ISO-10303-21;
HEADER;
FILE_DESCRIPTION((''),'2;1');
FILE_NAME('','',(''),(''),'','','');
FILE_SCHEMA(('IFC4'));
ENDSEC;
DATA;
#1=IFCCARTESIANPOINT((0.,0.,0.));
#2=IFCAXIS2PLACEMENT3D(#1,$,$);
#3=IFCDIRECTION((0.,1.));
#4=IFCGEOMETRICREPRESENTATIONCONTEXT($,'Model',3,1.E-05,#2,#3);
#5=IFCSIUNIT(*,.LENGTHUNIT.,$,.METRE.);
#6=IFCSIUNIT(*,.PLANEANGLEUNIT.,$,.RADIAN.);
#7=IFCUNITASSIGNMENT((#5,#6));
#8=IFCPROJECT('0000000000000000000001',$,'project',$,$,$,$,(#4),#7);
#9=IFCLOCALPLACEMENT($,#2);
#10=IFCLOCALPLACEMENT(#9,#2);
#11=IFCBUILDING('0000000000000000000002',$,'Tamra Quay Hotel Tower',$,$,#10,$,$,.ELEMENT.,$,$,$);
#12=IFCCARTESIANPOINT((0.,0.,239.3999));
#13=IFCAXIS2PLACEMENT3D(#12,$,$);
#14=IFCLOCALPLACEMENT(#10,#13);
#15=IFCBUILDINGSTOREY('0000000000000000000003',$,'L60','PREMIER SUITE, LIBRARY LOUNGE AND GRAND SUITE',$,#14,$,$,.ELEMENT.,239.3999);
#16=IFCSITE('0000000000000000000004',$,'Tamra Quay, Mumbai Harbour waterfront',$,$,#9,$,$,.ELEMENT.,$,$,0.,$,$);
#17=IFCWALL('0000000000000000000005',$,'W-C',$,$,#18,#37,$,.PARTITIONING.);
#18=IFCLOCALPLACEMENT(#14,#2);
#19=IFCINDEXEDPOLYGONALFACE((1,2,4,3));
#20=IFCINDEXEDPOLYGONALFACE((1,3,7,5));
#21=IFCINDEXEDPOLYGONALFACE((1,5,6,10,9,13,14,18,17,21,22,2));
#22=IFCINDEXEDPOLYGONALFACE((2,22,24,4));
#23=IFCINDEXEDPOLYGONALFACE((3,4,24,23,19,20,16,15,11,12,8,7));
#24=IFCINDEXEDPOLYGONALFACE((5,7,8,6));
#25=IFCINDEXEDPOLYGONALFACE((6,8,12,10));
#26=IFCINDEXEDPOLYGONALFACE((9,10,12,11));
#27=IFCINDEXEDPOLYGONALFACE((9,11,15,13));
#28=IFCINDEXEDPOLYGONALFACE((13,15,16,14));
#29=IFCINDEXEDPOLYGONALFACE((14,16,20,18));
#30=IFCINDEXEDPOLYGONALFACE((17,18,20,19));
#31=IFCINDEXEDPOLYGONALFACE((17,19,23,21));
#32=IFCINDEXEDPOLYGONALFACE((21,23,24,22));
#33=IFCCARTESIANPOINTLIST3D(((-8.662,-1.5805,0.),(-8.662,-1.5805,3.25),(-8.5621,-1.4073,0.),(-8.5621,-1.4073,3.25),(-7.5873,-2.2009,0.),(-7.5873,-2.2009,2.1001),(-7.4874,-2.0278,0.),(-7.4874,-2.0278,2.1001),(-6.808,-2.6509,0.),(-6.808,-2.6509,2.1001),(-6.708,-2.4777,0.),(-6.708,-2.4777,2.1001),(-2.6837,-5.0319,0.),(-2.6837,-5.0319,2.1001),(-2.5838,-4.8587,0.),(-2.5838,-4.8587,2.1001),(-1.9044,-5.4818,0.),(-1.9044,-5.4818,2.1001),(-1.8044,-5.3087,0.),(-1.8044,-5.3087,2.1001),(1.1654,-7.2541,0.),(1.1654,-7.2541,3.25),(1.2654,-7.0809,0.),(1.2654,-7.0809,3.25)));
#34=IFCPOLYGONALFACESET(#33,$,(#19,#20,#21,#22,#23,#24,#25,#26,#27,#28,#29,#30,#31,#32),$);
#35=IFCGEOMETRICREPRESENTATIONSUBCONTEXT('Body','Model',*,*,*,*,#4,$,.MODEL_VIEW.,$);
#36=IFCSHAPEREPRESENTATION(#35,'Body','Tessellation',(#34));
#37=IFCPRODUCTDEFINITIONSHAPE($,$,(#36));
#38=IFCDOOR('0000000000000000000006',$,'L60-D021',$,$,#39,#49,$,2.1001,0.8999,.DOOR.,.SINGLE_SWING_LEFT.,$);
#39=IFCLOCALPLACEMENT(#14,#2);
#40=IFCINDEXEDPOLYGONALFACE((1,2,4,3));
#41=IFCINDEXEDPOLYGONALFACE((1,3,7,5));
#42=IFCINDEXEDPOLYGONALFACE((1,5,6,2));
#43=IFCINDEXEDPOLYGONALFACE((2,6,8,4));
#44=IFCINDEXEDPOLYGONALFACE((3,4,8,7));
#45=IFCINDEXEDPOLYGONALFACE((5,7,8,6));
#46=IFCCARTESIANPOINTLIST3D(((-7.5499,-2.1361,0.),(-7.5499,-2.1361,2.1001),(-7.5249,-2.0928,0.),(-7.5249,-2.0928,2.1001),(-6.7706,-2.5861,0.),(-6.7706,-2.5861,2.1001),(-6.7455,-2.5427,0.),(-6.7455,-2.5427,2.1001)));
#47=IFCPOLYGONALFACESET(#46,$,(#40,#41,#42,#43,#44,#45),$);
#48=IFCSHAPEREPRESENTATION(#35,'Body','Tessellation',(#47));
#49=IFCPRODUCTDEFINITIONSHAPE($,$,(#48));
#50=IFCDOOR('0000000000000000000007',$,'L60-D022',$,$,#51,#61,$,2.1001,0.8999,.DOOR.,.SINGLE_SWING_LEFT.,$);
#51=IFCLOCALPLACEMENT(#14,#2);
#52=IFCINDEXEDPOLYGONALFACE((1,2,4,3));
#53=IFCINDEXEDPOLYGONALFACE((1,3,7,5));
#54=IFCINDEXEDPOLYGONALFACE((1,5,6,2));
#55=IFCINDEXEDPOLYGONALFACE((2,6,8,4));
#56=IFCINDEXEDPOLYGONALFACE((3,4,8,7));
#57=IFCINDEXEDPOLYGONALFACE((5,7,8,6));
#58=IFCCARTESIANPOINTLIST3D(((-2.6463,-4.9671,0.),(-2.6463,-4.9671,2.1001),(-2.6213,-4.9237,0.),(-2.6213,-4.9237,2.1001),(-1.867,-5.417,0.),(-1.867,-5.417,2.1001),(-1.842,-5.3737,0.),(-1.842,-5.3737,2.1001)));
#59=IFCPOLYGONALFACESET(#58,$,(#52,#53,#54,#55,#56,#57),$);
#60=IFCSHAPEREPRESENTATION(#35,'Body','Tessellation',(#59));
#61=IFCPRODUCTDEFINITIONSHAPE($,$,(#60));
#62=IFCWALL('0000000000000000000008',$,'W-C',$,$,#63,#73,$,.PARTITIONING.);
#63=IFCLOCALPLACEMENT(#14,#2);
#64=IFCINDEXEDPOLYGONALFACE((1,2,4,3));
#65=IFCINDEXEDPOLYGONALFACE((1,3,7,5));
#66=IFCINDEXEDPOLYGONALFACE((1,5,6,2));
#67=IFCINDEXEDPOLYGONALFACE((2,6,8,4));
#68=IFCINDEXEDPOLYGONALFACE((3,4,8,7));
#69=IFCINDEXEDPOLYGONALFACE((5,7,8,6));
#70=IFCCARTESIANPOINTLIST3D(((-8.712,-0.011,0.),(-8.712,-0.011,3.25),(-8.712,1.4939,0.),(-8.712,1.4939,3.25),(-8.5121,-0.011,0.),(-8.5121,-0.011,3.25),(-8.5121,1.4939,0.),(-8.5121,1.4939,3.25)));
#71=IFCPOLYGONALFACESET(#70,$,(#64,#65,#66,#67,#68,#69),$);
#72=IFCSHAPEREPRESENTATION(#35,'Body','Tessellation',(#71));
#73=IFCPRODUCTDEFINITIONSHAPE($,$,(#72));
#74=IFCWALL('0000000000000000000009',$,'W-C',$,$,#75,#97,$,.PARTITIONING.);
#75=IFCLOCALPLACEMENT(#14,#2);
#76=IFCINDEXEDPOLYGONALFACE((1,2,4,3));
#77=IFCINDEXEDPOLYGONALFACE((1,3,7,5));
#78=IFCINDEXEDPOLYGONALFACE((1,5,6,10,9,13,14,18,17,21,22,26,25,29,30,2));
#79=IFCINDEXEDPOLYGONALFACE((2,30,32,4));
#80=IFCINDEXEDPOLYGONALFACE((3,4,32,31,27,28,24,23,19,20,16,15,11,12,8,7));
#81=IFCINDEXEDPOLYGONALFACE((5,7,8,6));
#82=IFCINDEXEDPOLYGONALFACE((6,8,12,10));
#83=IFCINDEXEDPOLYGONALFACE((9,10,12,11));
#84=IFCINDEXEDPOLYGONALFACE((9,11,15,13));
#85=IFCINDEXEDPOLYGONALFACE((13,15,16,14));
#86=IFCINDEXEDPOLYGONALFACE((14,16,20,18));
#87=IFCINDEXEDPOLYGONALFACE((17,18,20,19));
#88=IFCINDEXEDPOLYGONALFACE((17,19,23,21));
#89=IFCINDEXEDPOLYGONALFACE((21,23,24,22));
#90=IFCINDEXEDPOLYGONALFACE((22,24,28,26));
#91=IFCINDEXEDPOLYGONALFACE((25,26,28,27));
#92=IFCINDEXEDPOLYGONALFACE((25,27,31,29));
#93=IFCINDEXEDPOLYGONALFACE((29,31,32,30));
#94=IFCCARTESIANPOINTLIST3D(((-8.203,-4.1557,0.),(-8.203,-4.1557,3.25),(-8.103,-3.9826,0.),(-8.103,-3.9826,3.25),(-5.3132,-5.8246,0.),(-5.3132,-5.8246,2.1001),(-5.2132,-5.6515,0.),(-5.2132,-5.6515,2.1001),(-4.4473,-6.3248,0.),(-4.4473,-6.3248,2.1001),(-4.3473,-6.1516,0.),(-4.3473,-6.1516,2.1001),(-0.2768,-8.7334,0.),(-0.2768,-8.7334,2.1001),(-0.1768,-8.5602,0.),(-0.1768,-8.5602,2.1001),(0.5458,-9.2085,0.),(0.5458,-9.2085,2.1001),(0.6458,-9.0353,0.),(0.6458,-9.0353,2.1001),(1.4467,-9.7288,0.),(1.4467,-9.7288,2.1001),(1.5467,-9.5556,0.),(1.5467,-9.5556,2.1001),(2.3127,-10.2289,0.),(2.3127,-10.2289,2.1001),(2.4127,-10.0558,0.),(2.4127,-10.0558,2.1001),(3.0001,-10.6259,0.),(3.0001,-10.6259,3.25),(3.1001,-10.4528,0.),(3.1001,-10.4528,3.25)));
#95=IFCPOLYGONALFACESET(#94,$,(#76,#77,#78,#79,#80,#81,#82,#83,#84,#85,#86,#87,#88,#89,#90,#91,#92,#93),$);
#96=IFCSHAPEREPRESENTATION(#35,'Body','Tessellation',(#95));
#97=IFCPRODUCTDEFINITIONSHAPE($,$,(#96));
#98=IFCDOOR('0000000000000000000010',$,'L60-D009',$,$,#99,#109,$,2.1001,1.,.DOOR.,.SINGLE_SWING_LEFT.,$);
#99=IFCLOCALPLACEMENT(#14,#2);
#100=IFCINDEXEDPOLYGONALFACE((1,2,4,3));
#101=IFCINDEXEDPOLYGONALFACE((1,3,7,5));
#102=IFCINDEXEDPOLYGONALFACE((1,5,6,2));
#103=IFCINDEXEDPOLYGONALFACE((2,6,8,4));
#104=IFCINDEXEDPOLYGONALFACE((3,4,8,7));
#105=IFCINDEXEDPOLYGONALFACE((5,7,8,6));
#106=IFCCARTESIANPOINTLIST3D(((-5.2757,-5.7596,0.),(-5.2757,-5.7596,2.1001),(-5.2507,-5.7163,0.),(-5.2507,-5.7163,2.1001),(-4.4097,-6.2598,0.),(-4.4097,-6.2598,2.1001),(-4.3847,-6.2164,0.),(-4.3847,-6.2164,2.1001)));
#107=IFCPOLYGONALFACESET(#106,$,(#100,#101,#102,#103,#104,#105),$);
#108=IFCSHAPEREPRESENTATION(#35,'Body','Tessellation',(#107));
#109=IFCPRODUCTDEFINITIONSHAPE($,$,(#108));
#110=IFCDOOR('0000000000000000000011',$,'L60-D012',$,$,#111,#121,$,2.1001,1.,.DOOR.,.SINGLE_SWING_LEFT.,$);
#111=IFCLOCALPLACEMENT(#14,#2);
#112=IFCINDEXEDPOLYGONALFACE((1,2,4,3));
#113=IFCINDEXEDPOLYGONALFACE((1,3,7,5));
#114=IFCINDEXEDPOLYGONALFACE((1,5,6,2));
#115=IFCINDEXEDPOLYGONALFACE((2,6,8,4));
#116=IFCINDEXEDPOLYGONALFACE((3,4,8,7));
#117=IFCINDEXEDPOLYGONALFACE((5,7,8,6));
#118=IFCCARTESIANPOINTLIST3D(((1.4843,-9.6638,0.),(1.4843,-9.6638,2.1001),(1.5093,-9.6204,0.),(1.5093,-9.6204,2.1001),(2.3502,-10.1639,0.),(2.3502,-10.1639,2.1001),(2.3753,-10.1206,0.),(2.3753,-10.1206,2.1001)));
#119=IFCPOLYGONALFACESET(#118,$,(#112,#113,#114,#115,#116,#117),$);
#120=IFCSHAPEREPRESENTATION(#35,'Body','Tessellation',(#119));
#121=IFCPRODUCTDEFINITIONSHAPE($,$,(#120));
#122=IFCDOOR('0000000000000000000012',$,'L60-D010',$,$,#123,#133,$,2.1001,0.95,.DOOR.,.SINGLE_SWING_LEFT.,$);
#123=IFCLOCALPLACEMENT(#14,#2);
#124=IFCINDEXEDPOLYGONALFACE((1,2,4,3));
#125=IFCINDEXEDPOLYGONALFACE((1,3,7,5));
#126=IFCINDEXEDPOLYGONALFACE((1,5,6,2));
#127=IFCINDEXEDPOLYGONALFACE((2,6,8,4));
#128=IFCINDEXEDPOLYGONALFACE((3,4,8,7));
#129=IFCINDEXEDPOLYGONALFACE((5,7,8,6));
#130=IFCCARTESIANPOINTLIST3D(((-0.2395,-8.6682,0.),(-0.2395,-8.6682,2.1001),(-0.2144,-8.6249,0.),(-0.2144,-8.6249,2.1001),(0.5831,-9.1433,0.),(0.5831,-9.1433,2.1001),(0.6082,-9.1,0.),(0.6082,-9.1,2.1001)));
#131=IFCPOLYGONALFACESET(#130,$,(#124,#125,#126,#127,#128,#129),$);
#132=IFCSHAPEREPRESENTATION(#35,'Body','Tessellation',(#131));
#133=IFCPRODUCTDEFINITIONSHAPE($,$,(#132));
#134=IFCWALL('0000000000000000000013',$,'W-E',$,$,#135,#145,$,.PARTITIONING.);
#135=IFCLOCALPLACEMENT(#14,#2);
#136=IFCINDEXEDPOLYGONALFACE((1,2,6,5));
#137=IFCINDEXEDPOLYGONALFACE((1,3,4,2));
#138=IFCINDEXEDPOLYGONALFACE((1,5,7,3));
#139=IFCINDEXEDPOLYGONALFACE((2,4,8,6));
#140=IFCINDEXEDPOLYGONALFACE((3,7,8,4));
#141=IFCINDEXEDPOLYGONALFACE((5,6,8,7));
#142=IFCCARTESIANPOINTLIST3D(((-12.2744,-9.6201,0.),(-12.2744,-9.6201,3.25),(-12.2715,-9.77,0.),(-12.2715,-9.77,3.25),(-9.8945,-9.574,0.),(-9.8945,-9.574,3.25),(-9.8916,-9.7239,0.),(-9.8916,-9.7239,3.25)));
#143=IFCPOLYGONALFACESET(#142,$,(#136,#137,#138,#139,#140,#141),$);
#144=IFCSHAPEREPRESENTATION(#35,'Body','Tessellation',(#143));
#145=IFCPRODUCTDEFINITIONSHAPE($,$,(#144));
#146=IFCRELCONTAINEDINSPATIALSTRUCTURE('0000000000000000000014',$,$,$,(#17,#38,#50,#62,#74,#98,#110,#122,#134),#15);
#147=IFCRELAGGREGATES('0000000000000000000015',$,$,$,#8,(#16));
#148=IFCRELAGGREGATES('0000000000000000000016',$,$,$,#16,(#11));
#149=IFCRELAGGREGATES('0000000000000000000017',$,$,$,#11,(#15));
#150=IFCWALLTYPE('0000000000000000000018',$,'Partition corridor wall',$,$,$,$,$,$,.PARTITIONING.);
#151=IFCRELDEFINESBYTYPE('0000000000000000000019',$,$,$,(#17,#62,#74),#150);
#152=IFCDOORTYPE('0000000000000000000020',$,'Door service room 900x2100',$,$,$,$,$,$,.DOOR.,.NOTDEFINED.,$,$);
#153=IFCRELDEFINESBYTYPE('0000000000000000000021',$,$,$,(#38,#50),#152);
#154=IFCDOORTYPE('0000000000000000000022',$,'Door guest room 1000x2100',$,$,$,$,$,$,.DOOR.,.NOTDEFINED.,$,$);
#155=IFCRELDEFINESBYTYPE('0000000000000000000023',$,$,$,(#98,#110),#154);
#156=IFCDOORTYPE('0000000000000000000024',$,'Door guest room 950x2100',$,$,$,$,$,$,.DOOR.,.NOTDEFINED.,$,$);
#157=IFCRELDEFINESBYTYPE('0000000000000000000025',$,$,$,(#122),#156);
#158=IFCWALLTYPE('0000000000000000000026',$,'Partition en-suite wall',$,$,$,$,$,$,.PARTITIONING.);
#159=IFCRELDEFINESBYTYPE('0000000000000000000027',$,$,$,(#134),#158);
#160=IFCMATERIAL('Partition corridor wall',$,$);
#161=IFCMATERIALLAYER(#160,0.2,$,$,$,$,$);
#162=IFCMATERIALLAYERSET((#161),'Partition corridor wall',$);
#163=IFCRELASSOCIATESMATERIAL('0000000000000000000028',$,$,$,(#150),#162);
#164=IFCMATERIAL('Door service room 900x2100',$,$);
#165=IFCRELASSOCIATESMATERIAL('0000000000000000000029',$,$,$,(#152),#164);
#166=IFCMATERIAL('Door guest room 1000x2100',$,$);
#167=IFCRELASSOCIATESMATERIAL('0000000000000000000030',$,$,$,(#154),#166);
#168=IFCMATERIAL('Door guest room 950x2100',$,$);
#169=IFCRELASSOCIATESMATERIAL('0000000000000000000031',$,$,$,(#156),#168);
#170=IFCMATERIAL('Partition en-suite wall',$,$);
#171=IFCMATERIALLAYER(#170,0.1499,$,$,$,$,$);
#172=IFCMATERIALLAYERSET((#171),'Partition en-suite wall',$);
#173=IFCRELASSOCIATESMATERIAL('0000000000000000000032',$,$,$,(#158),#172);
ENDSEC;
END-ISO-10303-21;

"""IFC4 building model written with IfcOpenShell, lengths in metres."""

from ifc_helpers import new_model, si_unit, direction, frame, frame_2d, origin, place, context, subcontext, project, spatial, rectangle, extrude, material, layer, layer_set, type_object, element, fill, save


model = new_model("IFC4")

# Units and contexts
model_context = context("Model", 3, precision=1e-05, world=origin(), true_north=direction((0.0, 1.0)))
body_context = subcontext(model_context, "Body", "Model", "MODEL_VIEW")
ifc_project = project(units=[si_unit("LENGTHUNIT", "METRE"), si_unit("PLANEANGLEUNIT", "RADIAN")], contexts=[model_context])

# Site, building, storey
site_placement = place(None, origin())
site = spatial("IfcSite", under=ifc_project, at=site_placement, Name="Tamra Quay, Mumbai Harbour waterfront", CompositionType="ELEMENT", RefElevation=0.0)
building_placement = place(site_placement, origin())
building = spatial("IfcBuilding", under=site, at=building_placement, Name="Tamra Quay Hotel Tower", CompositionType="ELEMENT")
storey_placement = place(building_placement, frame((0.0, 0.0, 239.3999)))
storey = spatial("IfcBuildingStorey", under=building, at=storey_placement, Name="L60", Description="PREMIER SUITE, LIBRARY LOUNGE AND GRAND SUITE", CompositionType="ELEMENT", Elevation=239.3999)

# Shared definitions
ifc_material_1 = material(Name="Partition corridor wall")
ifc_layer_1 = layer(ifc_material_1, 0.2)
ifc_layer_set_1 = layer_set([ifc_layer_1], Name="Partition corridor wall")
wall_type_1 = type_object("IfcWallType", Name="Partition corridor wall", PredefinedType="PARTITIONING", material=ifc_layer_set_1)

# Wall, openings, doors
wall_1_placement = place(storey_placement, frame((-8.6121, -1.4939, 0.0), z_axis=(0.0, 0.0, 1.0), x_axis=(0.866035, -0.499983, 0.0)))
wall_1 = element("IfcWall", 1, at=wall_1_placement, inside=storey, type_object=wall_type_1, Name="W-C", PredefinedType="PARTITIONING", context=body_context, shape_type="SweptSolid", body=[
    extrude(rectangle(XDim=11.3477, YDim=0.2, at=frame_2d((5.6738, 0.0))), origin(), (0.0, 0.0, 1.0), 3.25),
])
opening_1_placement = place(wall_1_placement, frame((1.241, 0.0, 0.0)))
opening_1 = element("IfcOpeningElement", 2, at=opening_1_placement, cuts=wall_1, PredefinedType="OPENING", context=body_context, shape_type="SweptSolid", body=[
    extrude(rectangle(XDim=0.8999, YDim=2.1001, at=frame_2d((0.45, 1.05))), frame((0.0, 0.1099, 0.0), z_axis=(0.0, -1.0, 0.0), x_axis=(1.0, 0.0, 0.0)), (0.0, 0.0, 1.0), 0.22),
])
opening_2_placement = place(wall_1_placement, frame((6.9031, 0.0, 0.0)))
opening_2 = element("IfcOpeningElement", 3, at=opening_2_placement, cuts=wall_1, PredefinedType="OPENING", context=body_context, shape_type="SweptSolid", body=[
    extrude(rectangle(XDim=0.8999, YDim=2.1001, at=frame_2d((0.45, 1.05))), frame((0.0, 0.1099, 0.0), z_axis=(0.0, -1.0, 0.0), x_axis=(1.0, 0.0, 0.0)), (0.0, 0.0, 1.0), 0.22),
])
ifc_material_2 = material(Name="Door service room 900x2100")
door_type_1 = type_object("IfcDoorType", Name="Door service room 900x2100", OperationType="NOTDEFINED", PredefinedType="DOOR", material=ifc_material_2)
door_1_placement = place(opening_1_placement, origin())
door_1 = element("IfcDoor", 4, at=door_1_placement, inside=storey, type_object=door_type_1, Name="L60-D021", OperationType="SINGLE_SWING_LEFT", OverallHeight=2.1001, OverallWidth=0.8999, PredefinedType="DOOR", context=body_context, shape_type="SweptSolid", body=[
    extrude(rectangle(XDim=0.8999, YDim=2.1001, at=frame_2d((0.45, 1.05))), frame((0.0, 0.0249, 0.0), z_axis=(0.0, -1.0, 0.0), x_axis=(1.0, 0.0, 0.0)), (0.0, 0.0, 1.0), 0.05),
])
fill(opening_1, door_1)
door_2_placement = place(opening_2_placement, origin())
door_2 = element("IfcDoor", 5, at=door_2_placement, inside=storey, type_object=door_type_1, Name="L60-D022", OperationType="SINGLE_SWING_LEFT", OverallHeight=2.1001, OverallWidth=0.8999, PredefinedType="DOOR", context=body_context, shape_type="SweptSolid", body=[
    extrude(rectangle(XDim=0.8999, YDim=2.1001, at=frame_2d((0.45, 1.05))), frame((0.0, 0.0249, 0.0), z_axis=(0.0, -1.0, 0.0), x_axis=(1.0, 0.0, 0.0)), (0.0, 0.0, 1.0), 0.05),
])
fill(opening_2, door_2)

# Wall
wall_2_placement = place(storey_placement, frame((-8.6121, -0.011, 0.0), z_axis=(0.0, 0.0, 1.0), x_axis=(0.0, 1.0, 0.0)))
element("IfcWall", 6, at=wall_2_placement, inside=storey, type_object=wall_type_1, Name="W-C", PredefinedType="PARTITIONING", context=body_context, shape_type="SweptSolid", body=[
    extrude(rectangle(XDim=1.5049, YDim=0.2, at=frame_2d((0.7524, 0.0))), origin(), (0.0, 0.0, 1.0), 3.25),
])

# Wall, openings, doors
wall_3_placement = place(storey_placement, frame((-8.1531, -4.0691, 0.0), z_axis=(0.0, 0.0, 1.0), x_axis=(0.865956, -0.500121, 0.0)))
wall_3 = element("IfcWall", 7, at=wall_3_placement, inside=storey, type_object=wall_type_1, Name="W-C", PredefinedType="PARTITIONING", context=body_context, shape_type="SweptSolid", body=[
    extrude(rectangle(XDim=12.9373, YDim=0.2, at=frame_2d((6.4688, 0.0))), origin(), (0.0, 0.0, 1.0), 3.25),
])
opening_3_placement = place(wall_3_placement, frame((3.3372, 0.0, 0.0)))
opening_3 = element("IfcOpeningElement", 8, at=opening_3_placement, cuts=wall_3, PredefinedType="OPENING", context=body_context, shape_type="SweptSolid", body=[
    extrude(rectangle(XDim=1.0, YDim=2.1001, at=frame_2d((0.5, 1.05))), frame((0.0, 0.1099, 0.0), z_axis=(0.0, -1.0, 0.0), x_axis=(1.0, 0.0, 0.0)), (0.0, 0.0, 1.0), 0.22),
])
opening_4_placement = place(wall_3_placement, frame((9.1531, 0.0, 0.0)))
opening_4 = element("IfcOpeningElement", 9, at=opening_4_placement, cuts=wall_3, PredefinedType="OPENING", context=body_context, shape_type="SweptSolid", body=[
    extrude(rectangle(XDim=0.95, YDim=2.1001, at=frame_2d((0.4751, 1.05))), frame((0.0, 0.1099, 0.0), z_axis=(0.0, -1.0, 0.0), x_axis=(1.0, 0.0, 0.0)), (0.0, 0.0, 1.0), 0.22),
])
opening_5_placement = place(wall_3_placement, frame((11.1436, 0.0, 0.0)))
opening_5 = element("IfcOpeningElement", 10, at=opening_5_placement, cuts=wall_3, PredefinedType="OPENING", context=body_context, shape_type="SweptSolid", body=[
    extrude(rectangle(XDim=1.0, YDim=2.1001, at=frame_2d((0.5, 1.05))), frame((0.0, 0.1099, 0.0), z_axis=(0.0, -1.0, 0.0), x_axis=(1.0, 0.0, 0.0)), (0.0, 0.0, 1.0), 0.22),
])
ifc_material_3 = material(Name="Door guest room 1000x2100")
door_type_2 = type_object("IfcDoorType", Name="Door guest room 1000x2100", OperationType="NOTDEFINED", PredefinedType="DOOR", material=ifc_material_3)
door_3_placement = place(opening_3_placement, frame((1.0, 0.0, 0.0), z_axis=(0.0, 0.0, 1.0), x_axis=(-1.0, 0.0, 0.0)))
door_3 = element("IfcDoor", 11, at=door_3_placement, inside=storey, type_object=door_type_2, Name="L60-D009", OperationType="SINGLE_SWING_LEFT", OverallHeight=2.1001, OverallWidth=1.0, PredefinedType="DOOR", context=body_context, shape_type="SweptSolid", body=[
    extrude(rectangle(XDim=1.0, YDim=2.1001, at=frame_2d((0.5, 1.05))), frame((0.0, 0.0249, 0.0), z_axis=(0.0, -1.0, 0.0), x_axis=(1.0, 0.0, 0.0)), (0.0, 0.0, 1.0), 0.05),
])
fill(opening_3, door_3)
door_4_placement = place(opening_5_placement, frame((1.0, 0.0, 0.0), z_axis=(0.0, 0.0, 1.0), x_axis=(-1.0, 0.0, 0.0)))
door_4 = element("IfcDoor", 12, at=door_4_placement, inside=storey, type_object=door_type_2, Name="L60-D012", OperationType="SINGLE_SWING_LEFT", OverallHeight=2.1001, OverallWidth=1.0, PredefinedType="DOOR", context=body_context, shape_type="SweptSolid", body=[
    extrude(rectangle(XDim=1.0, YDim=2.1001, at=frame_2d((0.5, 1.05))), frame((0.0, 0.0249, 0.0), z_axis=(0.0, -1.0, 0.0), x_axis=(1.0, 0.0, 0.0)), (0.0, 0.0, 1.0), 0.05),
])
fill(opening_5, door_4)
ifc_material_4 = material(Name="Door guest room 950x2100")
door_type_3 = type_object("IfcDoorType", Name="Door guest room 950x2100", OperationType="NOTDEFINED", PredefinedType="DOOR", material=ifc_material_4)
door_5_placement = place(opening_4_placement, frame((0.95, 0.0, 0.0), z_axis=(0.0, 0.0, 1.0), x_axis=(-1.0, 0.0, 0.0)))
door_5 = element("IfcDoor", 13, at=door_5_placement, inside=storey, type_object=door_type_3, Name="L60-D010", OperationType="SINGLE_SWING_LEFT", OverallHeight=2.1001, OverallWidth=0.95, PredefinedType="DOOR", context=body_context, shape_type="SweptSolid", body=[
    extrude(rectangle(XDim=0.95, YDim=2.1001, at=frame_2d((0.4751, 1.05))), frame((0.0, 0.0249, 0.0), z_axis=(0.0, -1.0, 0.0), x_axis=(1.0, 0.0, 0.0)), (0.0, 0.0, 1.0), 0.05),
])
fill(opening_4, door_5)

# Wall
ifc_material_5 = material(Name="Partition en-suite wall")
ifc_layer_2 = layer(ifc_material_5, 0.1499)
ifc_layer_set_2 = layer_set([ifc_layer_2], Name="Partition en-suite wall")
wall_type_2 = type_object("IfcWallType", Name="Partition en-suite wall", PredefinedType="PARTITIONING", material=ifc_layer_set_2)
wall_4_placement = place(storey_placement, frame((-12.2729, -9.6951, 0.0), z_axis=(0.0, 0.0, 1.0), x_axis=(0.999812, 0.019385, 0.0)))
element("IfcWall", 14, at=wall_4_placement, inside=storey, type_object=wall_type_2, Name="W-E", PredefinedType="PARTITIONING", context=body_context, shape_type="SweptSolid", body=[
    extrude(rectangle(XDim=2.3804, YDim=0.1499, at=frame_2d((1.1902, 0.0))), origin(), (0.0, 0.0, 1.0), 3.25),
])

save(model, "model.ifc")
